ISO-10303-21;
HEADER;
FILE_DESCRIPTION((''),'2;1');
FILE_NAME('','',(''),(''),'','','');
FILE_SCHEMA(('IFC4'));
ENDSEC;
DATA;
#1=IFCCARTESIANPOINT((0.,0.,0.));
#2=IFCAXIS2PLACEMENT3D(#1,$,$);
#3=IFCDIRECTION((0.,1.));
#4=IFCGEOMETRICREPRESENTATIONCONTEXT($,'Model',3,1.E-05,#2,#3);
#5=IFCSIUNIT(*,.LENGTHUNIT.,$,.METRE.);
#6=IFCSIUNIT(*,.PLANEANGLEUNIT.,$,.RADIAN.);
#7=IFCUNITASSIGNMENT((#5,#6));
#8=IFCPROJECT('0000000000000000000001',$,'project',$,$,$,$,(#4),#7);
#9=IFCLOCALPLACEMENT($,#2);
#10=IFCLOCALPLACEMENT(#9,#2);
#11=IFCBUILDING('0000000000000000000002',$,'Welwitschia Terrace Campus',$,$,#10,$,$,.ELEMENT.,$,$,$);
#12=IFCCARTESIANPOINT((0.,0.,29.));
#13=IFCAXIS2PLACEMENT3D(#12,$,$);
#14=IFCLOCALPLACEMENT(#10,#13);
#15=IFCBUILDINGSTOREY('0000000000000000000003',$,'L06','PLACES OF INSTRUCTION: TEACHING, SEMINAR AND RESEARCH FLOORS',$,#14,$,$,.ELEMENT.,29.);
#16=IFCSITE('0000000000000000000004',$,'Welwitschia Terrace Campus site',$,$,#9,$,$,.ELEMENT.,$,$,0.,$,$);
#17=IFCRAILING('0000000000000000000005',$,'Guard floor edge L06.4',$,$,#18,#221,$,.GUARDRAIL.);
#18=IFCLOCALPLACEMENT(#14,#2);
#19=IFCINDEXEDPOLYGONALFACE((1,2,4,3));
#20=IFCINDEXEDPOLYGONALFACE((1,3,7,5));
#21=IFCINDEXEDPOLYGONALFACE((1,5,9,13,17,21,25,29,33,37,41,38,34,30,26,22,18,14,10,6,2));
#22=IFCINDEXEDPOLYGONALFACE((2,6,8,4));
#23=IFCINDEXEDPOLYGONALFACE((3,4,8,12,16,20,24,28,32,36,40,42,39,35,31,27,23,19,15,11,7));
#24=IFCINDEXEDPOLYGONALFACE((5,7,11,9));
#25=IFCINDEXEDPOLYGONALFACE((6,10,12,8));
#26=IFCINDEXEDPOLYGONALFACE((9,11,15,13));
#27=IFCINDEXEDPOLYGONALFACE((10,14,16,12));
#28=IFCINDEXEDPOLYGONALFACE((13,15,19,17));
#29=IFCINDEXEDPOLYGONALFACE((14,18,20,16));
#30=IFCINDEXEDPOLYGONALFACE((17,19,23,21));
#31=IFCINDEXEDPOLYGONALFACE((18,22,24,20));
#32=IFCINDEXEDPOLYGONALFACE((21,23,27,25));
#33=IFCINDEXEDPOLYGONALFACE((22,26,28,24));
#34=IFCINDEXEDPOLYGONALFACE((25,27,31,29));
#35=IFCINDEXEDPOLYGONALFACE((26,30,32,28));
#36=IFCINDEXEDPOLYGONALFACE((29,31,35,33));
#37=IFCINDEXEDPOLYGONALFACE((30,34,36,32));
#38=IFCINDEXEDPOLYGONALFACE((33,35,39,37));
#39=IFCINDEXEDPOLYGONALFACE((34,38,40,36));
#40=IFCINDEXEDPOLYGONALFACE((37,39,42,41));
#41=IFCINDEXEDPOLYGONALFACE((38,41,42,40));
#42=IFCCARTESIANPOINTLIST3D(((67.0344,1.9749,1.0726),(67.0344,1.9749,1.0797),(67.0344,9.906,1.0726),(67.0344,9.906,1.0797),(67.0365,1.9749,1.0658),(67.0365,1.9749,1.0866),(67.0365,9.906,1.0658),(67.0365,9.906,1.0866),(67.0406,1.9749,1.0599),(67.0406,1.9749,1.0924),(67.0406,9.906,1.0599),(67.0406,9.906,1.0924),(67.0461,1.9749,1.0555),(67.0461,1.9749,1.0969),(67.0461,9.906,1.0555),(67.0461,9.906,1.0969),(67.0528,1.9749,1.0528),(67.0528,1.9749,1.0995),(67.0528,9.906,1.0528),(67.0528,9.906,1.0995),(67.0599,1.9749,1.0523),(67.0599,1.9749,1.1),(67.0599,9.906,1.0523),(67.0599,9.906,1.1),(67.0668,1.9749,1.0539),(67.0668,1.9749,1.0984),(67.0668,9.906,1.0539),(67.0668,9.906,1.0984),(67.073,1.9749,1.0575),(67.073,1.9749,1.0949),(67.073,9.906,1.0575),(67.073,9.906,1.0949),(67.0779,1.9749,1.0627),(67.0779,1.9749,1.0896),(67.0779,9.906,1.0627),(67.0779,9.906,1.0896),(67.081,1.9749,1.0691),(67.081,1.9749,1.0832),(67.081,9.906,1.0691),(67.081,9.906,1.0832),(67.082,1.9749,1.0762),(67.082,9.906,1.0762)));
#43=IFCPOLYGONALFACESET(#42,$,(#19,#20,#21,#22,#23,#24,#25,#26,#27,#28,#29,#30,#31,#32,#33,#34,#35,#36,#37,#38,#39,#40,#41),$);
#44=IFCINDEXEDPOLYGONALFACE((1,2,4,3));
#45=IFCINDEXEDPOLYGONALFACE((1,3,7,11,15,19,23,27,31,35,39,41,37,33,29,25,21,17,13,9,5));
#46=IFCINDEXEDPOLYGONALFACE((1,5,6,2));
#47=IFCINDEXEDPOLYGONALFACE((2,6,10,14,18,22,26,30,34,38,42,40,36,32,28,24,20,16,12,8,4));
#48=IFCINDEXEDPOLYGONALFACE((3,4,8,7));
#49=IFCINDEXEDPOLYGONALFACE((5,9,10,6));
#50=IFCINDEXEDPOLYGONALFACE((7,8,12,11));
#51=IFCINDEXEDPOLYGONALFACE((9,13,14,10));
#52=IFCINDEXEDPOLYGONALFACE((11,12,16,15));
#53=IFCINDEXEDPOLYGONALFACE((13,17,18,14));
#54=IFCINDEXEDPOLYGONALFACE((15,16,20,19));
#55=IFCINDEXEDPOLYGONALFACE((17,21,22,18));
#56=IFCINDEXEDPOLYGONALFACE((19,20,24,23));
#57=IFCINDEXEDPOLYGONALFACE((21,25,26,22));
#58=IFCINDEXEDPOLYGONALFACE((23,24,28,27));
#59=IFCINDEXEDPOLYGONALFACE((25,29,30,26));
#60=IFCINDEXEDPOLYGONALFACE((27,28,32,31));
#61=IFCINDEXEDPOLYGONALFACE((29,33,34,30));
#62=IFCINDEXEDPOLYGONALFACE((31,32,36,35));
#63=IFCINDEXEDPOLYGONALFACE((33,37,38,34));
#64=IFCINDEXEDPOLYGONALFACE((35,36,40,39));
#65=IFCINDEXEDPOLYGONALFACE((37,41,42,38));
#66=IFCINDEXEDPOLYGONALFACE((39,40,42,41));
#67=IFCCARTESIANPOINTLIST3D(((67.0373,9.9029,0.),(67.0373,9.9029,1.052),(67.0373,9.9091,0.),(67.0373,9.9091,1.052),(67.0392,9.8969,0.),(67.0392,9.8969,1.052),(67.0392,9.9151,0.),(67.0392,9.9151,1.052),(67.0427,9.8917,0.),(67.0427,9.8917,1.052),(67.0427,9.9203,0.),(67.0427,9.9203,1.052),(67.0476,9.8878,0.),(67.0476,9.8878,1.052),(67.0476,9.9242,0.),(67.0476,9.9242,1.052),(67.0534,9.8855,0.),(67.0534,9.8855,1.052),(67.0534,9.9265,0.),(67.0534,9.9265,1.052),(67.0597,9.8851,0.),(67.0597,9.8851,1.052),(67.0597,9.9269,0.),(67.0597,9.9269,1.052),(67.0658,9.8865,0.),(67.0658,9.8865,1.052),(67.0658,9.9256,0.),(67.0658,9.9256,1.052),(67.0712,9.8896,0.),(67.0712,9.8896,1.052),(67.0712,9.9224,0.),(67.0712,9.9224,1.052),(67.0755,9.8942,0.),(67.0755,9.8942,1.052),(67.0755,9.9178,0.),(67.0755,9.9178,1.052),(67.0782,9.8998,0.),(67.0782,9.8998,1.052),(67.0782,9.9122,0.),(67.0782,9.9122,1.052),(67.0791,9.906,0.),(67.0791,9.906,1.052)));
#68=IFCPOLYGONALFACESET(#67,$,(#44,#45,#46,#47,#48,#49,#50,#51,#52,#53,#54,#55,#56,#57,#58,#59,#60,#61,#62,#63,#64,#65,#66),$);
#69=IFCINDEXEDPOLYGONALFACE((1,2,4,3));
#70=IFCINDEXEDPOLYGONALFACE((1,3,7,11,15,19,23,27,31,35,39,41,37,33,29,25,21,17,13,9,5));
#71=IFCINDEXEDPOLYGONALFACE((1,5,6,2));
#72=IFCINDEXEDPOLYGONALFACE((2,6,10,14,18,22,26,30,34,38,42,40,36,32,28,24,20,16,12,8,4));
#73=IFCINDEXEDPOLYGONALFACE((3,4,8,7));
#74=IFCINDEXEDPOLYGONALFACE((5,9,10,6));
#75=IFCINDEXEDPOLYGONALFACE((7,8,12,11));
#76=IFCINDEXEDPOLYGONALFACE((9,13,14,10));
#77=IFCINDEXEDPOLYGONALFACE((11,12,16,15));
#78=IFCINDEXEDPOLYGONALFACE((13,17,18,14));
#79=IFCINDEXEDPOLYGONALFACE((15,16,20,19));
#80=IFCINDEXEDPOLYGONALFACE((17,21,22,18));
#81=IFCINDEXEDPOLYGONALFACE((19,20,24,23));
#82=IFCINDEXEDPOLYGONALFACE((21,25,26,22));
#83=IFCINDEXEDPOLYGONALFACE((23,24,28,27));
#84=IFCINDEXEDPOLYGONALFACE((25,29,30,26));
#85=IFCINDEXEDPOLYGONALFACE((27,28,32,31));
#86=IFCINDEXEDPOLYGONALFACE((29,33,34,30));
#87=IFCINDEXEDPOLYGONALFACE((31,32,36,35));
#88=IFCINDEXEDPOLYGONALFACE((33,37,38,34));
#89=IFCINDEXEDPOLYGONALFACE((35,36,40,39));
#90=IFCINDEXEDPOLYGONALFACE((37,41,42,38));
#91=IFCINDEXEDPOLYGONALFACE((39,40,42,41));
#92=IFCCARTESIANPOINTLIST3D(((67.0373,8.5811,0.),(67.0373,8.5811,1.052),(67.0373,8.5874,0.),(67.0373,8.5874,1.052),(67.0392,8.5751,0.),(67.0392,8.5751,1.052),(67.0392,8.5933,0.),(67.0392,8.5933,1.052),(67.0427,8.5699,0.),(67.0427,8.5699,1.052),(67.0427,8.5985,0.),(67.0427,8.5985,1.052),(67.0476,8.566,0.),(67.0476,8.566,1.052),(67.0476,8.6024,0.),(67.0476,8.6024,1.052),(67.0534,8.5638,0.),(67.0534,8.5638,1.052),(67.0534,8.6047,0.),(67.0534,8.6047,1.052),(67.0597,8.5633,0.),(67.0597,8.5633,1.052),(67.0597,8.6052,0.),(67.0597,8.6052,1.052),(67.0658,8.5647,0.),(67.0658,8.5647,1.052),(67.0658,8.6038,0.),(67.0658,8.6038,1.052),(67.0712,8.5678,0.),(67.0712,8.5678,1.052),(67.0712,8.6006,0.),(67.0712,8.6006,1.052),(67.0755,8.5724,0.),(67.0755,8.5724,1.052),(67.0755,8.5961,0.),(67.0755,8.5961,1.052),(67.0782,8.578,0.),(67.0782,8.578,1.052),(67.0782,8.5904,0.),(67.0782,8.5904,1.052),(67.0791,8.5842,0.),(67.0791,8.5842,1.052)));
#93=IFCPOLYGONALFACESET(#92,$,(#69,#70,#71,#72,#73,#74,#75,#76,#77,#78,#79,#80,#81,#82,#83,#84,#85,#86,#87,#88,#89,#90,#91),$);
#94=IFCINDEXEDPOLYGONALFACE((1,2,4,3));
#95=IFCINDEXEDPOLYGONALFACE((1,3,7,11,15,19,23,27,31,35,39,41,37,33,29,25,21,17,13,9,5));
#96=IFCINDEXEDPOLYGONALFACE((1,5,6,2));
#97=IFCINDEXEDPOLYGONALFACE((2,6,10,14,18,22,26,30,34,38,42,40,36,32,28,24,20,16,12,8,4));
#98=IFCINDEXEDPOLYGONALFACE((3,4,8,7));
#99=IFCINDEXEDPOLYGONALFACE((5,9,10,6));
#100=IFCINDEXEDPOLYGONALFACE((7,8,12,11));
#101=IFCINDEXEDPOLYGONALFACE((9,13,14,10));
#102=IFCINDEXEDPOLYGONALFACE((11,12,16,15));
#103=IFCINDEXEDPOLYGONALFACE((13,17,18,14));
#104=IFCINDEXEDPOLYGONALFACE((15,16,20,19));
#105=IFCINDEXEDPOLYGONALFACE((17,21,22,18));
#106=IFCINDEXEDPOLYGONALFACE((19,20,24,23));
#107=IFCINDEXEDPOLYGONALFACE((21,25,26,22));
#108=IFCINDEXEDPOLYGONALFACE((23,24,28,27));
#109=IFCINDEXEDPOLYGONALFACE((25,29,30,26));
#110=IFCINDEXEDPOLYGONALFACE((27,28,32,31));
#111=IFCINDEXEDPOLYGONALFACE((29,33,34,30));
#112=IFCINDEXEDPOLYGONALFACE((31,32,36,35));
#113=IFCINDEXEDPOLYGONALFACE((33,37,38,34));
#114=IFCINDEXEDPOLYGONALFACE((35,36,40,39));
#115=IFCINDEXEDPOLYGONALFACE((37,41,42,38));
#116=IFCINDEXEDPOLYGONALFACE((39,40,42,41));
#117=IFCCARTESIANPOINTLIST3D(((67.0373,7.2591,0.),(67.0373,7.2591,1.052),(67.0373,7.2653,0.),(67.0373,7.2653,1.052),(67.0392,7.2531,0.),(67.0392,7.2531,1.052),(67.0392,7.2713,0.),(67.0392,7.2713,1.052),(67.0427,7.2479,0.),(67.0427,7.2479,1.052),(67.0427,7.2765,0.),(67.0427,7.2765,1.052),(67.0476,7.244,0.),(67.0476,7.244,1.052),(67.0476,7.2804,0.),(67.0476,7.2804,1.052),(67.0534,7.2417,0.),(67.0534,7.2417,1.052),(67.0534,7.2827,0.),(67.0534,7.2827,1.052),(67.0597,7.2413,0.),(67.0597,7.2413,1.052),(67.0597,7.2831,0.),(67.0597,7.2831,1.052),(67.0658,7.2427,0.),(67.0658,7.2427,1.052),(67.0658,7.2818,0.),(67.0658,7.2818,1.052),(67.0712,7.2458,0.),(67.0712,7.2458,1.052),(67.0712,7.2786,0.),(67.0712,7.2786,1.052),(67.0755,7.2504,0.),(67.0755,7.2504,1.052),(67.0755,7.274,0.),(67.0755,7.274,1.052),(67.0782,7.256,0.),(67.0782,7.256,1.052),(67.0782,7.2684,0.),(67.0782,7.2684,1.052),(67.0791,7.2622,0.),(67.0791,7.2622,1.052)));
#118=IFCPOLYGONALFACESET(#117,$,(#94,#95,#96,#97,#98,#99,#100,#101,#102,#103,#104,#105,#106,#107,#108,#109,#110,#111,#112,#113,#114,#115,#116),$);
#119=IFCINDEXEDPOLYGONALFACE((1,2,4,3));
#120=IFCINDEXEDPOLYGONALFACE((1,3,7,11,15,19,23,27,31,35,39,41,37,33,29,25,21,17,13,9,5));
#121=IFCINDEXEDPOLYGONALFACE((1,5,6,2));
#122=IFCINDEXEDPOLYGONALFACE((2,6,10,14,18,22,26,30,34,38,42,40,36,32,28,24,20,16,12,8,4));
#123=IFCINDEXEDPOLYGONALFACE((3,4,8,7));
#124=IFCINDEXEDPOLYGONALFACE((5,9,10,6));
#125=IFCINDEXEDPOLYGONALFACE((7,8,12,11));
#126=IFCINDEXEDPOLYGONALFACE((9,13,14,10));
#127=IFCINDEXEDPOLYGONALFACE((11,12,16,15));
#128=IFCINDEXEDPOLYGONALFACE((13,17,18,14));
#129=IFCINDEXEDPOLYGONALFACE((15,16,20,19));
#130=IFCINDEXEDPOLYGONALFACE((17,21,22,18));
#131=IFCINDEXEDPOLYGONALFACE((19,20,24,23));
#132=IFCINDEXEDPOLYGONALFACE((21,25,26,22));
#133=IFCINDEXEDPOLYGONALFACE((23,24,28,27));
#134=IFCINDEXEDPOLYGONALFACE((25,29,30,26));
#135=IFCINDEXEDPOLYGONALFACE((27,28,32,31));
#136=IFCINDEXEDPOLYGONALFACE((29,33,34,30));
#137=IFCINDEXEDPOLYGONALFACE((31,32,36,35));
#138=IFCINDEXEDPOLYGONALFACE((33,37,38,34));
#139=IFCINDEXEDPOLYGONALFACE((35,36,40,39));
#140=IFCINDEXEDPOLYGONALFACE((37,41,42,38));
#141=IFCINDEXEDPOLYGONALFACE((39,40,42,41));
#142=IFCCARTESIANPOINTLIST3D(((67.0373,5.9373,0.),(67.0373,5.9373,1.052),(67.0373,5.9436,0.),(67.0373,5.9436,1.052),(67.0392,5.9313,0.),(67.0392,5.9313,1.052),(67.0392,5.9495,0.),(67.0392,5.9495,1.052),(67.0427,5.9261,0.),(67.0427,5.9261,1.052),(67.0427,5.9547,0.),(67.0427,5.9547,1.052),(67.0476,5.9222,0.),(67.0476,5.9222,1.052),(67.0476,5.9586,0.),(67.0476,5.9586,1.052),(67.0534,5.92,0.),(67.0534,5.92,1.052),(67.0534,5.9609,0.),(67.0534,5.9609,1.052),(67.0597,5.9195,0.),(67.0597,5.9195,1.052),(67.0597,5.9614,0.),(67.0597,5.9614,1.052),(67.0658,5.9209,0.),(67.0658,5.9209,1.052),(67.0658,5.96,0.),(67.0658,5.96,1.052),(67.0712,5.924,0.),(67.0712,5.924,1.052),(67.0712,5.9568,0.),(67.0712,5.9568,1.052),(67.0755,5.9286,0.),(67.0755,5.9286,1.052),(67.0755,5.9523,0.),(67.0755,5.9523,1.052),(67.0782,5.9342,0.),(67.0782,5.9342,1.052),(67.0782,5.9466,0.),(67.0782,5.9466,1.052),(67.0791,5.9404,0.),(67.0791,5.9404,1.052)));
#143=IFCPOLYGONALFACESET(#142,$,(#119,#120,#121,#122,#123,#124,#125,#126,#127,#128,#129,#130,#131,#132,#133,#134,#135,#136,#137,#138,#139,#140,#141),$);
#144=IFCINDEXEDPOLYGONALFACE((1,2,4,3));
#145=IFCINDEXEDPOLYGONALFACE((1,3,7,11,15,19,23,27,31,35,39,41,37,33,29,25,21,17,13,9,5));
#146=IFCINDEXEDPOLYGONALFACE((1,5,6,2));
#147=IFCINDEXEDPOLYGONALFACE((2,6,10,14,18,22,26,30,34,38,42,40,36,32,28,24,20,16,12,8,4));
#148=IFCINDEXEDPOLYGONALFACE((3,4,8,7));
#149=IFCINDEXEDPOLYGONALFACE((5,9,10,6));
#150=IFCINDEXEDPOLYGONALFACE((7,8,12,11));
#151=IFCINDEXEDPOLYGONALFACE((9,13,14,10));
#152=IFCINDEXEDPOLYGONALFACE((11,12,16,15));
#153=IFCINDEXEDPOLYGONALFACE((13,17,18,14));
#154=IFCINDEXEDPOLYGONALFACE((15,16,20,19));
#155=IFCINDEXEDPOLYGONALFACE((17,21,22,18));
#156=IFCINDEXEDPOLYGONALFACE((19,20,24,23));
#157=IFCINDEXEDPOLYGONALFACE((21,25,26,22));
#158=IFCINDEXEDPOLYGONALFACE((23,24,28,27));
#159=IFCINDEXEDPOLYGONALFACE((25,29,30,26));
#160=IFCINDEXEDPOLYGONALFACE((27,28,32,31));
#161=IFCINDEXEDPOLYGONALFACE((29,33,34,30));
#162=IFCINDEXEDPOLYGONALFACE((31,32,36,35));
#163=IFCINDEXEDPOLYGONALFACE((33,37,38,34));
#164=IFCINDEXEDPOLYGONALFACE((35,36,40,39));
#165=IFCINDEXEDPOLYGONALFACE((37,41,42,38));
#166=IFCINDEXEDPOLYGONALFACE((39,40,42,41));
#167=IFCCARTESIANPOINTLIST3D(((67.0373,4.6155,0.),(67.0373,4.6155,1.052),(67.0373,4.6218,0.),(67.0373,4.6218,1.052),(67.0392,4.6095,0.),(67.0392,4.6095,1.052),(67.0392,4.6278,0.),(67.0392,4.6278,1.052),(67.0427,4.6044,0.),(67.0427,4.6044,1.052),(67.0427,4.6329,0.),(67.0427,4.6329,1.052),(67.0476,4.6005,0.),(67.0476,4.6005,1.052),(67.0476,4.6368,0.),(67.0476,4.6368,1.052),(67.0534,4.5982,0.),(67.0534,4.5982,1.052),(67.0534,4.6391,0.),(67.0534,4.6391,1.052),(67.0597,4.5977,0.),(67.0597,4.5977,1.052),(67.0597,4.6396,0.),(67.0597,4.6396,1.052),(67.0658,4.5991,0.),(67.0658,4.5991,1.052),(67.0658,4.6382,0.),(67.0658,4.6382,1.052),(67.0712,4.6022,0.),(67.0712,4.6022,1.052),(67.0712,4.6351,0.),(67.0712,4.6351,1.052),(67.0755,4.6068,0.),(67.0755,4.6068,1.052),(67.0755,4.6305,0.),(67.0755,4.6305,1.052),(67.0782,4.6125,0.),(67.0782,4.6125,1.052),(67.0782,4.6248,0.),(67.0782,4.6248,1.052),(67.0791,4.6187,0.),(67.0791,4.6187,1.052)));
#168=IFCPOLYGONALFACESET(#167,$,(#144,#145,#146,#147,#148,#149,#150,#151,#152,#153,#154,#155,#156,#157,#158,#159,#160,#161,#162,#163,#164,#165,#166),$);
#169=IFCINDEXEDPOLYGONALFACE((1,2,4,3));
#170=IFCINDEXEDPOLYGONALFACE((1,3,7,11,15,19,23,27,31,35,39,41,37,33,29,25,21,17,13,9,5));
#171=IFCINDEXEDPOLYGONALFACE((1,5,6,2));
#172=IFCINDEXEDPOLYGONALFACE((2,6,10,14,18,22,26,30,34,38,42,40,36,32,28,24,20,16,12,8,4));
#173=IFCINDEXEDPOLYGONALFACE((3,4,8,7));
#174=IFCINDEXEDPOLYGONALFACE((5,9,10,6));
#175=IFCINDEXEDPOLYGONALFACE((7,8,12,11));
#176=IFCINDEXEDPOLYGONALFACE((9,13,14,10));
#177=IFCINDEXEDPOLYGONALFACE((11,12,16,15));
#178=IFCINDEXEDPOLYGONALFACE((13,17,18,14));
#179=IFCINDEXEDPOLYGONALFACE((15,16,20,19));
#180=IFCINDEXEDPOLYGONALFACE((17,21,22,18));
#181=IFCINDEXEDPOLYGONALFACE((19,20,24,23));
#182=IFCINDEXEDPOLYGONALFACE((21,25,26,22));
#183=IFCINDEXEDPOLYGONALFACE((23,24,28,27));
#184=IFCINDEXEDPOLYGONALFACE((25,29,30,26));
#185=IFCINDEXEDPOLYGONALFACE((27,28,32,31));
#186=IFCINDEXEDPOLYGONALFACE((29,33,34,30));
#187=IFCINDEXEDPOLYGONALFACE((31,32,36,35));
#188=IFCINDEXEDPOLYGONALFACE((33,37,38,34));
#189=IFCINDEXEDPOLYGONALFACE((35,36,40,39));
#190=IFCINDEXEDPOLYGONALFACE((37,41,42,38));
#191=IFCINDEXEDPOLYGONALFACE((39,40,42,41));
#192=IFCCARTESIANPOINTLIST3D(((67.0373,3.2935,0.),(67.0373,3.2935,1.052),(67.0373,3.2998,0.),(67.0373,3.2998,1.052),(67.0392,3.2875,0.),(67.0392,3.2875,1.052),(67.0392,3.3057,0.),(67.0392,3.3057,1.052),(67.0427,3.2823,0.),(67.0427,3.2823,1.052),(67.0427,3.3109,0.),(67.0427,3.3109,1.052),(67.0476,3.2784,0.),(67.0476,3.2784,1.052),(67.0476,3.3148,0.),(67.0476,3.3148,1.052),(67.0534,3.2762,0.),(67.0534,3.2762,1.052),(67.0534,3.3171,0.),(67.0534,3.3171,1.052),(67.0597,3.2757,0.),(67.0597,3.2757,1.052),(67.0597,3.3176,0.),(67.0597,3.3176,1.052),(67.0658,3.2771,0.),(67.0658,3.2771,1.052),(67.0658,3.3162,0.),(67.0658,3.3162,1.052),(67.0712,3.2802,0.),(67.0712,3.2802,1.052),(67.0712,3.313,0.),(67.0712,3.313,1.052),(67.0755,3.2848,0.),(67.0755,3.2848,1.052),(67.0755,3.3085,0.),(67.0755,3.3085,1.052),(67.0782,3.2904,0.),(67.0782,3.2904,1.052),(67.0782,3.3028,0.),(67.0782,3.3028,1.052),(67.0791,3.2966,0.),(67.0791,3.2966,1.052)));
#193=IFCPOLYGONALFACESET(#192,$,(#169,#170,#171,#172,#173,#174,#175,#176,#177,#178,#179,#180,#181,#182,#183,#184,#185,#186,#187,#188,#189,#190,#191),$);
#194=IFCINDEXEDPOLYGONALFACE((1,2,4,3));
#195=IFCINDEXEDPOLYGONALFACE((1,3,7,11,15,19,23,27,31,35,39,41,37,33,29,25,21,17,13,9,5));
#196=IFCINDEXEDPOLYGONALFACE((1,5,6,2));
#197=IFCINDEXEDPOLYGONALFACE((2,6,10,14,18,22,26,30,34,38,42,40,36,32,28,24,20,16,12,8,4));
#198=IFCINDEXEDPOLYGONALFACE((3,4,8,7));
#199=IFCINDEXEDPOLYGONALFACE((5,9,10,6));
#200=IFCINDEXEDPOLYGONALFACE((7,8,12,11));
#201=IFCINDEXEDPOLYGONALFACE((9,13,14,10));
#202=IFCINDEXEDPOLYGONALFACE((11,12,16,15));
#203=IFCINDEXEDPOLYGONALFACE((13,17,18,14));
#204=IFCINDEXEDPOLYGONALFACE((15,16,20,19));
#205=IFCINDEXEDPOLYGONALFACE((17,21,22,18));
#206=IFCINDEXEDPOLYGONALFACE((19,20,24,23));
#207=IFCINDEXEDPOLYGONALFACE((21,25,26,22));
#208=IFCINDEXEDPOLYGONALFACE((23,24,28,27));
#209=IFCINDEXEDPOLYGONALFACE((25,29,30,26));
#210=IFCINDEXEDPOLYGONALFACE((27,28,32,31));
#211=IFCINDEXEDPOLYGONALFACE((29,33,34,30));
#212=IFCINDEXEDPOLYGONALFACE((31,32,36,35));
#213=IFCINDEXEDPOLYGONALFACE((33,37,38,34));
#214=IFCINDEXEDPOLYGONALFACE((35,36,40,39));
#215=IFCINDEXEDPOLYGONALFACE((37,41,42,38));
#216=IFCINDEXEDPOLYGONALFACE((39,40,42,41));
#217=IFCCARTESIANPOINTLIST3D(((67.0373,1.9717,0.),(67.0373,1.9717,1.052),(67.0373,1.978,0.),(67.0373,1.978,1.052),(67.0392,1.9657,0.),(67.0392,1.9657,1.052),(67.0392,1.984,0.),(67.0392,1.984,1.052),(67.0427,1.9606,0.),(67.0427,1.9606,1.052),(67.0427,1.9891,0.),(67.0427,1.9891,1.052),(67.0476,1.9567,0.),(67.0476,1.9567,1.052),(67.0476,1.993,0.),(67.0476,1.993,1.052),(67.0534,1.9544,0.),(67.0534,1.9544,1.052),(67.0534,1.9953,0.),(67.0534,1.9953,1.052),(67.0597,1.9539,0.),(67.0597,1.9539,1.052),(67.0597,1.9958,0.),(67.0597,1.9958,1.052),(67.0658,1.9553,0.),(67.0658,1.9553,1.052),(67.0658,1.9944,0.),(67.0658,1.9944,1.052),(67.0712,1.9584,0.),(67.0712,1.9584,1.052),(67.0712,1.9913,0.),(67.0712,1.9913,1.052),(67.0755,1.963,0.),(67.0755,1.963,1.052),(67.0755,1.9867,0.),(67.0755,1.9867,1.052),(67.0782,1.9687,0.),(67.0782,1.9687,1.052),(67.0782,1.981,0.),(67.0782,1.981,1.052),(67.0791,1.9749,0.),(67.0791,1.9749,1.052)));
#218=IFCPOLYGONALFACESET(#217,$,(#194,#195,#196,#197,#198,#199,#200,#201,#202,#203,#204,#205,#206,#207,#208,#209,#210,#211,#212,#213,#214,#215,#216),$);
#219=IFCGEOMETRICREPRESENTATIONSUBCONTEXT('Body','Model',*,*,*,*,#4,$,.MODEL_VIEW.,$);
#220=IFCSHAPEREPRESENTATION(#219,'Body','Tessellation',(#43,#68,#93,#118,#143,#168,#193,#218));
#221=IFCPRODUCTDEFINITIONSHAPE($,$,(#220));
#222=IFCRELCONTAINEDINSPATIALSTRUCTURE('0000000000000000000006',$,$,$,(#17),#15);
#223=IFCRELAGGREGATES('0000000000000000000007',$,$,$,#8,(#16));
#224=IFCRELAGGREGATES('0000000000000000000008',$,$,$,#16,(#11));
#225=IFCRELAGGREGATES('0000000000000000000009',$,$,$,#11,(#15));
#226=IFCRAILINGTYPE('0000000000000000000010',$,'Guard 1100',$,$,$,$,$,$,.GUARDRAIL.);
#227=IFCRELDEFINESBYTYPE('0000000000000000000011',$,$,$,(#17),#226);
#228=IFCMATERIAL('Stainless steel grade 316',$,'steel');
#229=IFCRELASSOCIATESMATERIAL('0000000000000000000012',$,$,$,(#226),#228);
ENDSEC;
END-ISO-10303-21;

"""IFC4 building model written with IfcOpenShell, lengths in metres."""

from ifc_helpers import new_model, si_unit, direction, frame, origin, origin_2d, place, context, subcontext, project, spatial, circle, extrude, material, type_object, element, save


model = new_model("IFC4")

# Units and contexts
model_context = context("Model", 3, precision=1e-05, world=origin(), true_north=direction((0.0, 1.0)))
body_context = subcontext(model_context, "Body", "Model", "MODEL_VIEW")
ifc_project = project(units=[si_unit("LENGTHUNIT", "METRE"), si_unit("PLANEANGLEUNIT", "RADIAN")], contexts=[model_context])

# Site, building, storey
site_placement = place(None, origin())
site = spatial("IfcSite", under=ifc_project, at=site_placement, Name="Welwitschia Terrace Campus site", CompositionType="ELEMENT", RefElevation=0.0)
building_placement = place(site_placement, origin())
building = spatial("IfcBuilding", under=site, at=building_placement, Name="Welwitschia Terrace Campus", CompositionType="ELEMENT")
storey_placement = place(building_placement, frame((0.0, 0.0, 29.0)))
storey = spatial("IfcBuildingStorey", under=building, at=storey_placement, Name="L06", Description="PLACES OF INSTRUCTION: TEACHING, SEMINAR AND RESEARCH FLOORS", CompositionType="ELEMENT", Elevation=29.0)

# Railing
ifc_material_1 = material(Name="Stainless steel grade 316", Category="steel")
railing_type = type_object("IfcRailingType", Name="Guard 1100", PredefinedType="GUARDRAIL", material=ifc_material_1)
railing_1_placement = place(storey_placement, frame((67.0581, 9.906, 0.0)))
element("IfcRailing", 1, at=railing_1_placement, inside=storey, type_object=railing_type, Name="Guard floor edge L06.4", PredefinedType="GUARDRAIL", context=body_context, shape_type="SweptSolid", body=[
    extrude(circle(Radius=0.0239, at=origin_2d()), frame((0.0, 0.0, 1.0762), z_axis=(0.0, -1.0, 0.0), x_axis=(1.0, 0.0, 0.0)), (0.0, 0.0, 1.0), 7.9312),
    extrude(circle(Radius=0.021, at=origin_2d()), origin(), (0.0, 0.0, 1.0), 1.052),
    extrude(circle(Radius=0.021, at=origin_2d()), frame((0.0, -1.3218, 0.0)), (0.0, 0.0, 1.0), 1.052),
    extrude(circle(Radius=0.021, at=origin_2d()), frame((0.0, -2.6438, 0.0)), (0.0, 0.0, 1.0), 1.052),
    extrude(circle(Radius=0.021, at=origin_2d()), frame((0.0, -3.9656, 0.0)), (0.0, 0.0, 1.0), 1.052),
    extrude(circle(Radius=0.021, at=origin_2d()), frame((0.0, -5.2874, 0.0)), (0.0, 0.0, 1.0), 1.052),
    extrude(circle(Radius=0.021, at=origin_2d()), frame((0.0, -6.6094, 0.0)), (0.0, 0.0, 1.0), 1.052),
    extrude(circle(Radius=0.021, at=origin_2d()), frame((0.0, -7.9312, 0.0)), (0.0, 0.0, 1.0), 1.052),
])

save(model, "model.ifc")
